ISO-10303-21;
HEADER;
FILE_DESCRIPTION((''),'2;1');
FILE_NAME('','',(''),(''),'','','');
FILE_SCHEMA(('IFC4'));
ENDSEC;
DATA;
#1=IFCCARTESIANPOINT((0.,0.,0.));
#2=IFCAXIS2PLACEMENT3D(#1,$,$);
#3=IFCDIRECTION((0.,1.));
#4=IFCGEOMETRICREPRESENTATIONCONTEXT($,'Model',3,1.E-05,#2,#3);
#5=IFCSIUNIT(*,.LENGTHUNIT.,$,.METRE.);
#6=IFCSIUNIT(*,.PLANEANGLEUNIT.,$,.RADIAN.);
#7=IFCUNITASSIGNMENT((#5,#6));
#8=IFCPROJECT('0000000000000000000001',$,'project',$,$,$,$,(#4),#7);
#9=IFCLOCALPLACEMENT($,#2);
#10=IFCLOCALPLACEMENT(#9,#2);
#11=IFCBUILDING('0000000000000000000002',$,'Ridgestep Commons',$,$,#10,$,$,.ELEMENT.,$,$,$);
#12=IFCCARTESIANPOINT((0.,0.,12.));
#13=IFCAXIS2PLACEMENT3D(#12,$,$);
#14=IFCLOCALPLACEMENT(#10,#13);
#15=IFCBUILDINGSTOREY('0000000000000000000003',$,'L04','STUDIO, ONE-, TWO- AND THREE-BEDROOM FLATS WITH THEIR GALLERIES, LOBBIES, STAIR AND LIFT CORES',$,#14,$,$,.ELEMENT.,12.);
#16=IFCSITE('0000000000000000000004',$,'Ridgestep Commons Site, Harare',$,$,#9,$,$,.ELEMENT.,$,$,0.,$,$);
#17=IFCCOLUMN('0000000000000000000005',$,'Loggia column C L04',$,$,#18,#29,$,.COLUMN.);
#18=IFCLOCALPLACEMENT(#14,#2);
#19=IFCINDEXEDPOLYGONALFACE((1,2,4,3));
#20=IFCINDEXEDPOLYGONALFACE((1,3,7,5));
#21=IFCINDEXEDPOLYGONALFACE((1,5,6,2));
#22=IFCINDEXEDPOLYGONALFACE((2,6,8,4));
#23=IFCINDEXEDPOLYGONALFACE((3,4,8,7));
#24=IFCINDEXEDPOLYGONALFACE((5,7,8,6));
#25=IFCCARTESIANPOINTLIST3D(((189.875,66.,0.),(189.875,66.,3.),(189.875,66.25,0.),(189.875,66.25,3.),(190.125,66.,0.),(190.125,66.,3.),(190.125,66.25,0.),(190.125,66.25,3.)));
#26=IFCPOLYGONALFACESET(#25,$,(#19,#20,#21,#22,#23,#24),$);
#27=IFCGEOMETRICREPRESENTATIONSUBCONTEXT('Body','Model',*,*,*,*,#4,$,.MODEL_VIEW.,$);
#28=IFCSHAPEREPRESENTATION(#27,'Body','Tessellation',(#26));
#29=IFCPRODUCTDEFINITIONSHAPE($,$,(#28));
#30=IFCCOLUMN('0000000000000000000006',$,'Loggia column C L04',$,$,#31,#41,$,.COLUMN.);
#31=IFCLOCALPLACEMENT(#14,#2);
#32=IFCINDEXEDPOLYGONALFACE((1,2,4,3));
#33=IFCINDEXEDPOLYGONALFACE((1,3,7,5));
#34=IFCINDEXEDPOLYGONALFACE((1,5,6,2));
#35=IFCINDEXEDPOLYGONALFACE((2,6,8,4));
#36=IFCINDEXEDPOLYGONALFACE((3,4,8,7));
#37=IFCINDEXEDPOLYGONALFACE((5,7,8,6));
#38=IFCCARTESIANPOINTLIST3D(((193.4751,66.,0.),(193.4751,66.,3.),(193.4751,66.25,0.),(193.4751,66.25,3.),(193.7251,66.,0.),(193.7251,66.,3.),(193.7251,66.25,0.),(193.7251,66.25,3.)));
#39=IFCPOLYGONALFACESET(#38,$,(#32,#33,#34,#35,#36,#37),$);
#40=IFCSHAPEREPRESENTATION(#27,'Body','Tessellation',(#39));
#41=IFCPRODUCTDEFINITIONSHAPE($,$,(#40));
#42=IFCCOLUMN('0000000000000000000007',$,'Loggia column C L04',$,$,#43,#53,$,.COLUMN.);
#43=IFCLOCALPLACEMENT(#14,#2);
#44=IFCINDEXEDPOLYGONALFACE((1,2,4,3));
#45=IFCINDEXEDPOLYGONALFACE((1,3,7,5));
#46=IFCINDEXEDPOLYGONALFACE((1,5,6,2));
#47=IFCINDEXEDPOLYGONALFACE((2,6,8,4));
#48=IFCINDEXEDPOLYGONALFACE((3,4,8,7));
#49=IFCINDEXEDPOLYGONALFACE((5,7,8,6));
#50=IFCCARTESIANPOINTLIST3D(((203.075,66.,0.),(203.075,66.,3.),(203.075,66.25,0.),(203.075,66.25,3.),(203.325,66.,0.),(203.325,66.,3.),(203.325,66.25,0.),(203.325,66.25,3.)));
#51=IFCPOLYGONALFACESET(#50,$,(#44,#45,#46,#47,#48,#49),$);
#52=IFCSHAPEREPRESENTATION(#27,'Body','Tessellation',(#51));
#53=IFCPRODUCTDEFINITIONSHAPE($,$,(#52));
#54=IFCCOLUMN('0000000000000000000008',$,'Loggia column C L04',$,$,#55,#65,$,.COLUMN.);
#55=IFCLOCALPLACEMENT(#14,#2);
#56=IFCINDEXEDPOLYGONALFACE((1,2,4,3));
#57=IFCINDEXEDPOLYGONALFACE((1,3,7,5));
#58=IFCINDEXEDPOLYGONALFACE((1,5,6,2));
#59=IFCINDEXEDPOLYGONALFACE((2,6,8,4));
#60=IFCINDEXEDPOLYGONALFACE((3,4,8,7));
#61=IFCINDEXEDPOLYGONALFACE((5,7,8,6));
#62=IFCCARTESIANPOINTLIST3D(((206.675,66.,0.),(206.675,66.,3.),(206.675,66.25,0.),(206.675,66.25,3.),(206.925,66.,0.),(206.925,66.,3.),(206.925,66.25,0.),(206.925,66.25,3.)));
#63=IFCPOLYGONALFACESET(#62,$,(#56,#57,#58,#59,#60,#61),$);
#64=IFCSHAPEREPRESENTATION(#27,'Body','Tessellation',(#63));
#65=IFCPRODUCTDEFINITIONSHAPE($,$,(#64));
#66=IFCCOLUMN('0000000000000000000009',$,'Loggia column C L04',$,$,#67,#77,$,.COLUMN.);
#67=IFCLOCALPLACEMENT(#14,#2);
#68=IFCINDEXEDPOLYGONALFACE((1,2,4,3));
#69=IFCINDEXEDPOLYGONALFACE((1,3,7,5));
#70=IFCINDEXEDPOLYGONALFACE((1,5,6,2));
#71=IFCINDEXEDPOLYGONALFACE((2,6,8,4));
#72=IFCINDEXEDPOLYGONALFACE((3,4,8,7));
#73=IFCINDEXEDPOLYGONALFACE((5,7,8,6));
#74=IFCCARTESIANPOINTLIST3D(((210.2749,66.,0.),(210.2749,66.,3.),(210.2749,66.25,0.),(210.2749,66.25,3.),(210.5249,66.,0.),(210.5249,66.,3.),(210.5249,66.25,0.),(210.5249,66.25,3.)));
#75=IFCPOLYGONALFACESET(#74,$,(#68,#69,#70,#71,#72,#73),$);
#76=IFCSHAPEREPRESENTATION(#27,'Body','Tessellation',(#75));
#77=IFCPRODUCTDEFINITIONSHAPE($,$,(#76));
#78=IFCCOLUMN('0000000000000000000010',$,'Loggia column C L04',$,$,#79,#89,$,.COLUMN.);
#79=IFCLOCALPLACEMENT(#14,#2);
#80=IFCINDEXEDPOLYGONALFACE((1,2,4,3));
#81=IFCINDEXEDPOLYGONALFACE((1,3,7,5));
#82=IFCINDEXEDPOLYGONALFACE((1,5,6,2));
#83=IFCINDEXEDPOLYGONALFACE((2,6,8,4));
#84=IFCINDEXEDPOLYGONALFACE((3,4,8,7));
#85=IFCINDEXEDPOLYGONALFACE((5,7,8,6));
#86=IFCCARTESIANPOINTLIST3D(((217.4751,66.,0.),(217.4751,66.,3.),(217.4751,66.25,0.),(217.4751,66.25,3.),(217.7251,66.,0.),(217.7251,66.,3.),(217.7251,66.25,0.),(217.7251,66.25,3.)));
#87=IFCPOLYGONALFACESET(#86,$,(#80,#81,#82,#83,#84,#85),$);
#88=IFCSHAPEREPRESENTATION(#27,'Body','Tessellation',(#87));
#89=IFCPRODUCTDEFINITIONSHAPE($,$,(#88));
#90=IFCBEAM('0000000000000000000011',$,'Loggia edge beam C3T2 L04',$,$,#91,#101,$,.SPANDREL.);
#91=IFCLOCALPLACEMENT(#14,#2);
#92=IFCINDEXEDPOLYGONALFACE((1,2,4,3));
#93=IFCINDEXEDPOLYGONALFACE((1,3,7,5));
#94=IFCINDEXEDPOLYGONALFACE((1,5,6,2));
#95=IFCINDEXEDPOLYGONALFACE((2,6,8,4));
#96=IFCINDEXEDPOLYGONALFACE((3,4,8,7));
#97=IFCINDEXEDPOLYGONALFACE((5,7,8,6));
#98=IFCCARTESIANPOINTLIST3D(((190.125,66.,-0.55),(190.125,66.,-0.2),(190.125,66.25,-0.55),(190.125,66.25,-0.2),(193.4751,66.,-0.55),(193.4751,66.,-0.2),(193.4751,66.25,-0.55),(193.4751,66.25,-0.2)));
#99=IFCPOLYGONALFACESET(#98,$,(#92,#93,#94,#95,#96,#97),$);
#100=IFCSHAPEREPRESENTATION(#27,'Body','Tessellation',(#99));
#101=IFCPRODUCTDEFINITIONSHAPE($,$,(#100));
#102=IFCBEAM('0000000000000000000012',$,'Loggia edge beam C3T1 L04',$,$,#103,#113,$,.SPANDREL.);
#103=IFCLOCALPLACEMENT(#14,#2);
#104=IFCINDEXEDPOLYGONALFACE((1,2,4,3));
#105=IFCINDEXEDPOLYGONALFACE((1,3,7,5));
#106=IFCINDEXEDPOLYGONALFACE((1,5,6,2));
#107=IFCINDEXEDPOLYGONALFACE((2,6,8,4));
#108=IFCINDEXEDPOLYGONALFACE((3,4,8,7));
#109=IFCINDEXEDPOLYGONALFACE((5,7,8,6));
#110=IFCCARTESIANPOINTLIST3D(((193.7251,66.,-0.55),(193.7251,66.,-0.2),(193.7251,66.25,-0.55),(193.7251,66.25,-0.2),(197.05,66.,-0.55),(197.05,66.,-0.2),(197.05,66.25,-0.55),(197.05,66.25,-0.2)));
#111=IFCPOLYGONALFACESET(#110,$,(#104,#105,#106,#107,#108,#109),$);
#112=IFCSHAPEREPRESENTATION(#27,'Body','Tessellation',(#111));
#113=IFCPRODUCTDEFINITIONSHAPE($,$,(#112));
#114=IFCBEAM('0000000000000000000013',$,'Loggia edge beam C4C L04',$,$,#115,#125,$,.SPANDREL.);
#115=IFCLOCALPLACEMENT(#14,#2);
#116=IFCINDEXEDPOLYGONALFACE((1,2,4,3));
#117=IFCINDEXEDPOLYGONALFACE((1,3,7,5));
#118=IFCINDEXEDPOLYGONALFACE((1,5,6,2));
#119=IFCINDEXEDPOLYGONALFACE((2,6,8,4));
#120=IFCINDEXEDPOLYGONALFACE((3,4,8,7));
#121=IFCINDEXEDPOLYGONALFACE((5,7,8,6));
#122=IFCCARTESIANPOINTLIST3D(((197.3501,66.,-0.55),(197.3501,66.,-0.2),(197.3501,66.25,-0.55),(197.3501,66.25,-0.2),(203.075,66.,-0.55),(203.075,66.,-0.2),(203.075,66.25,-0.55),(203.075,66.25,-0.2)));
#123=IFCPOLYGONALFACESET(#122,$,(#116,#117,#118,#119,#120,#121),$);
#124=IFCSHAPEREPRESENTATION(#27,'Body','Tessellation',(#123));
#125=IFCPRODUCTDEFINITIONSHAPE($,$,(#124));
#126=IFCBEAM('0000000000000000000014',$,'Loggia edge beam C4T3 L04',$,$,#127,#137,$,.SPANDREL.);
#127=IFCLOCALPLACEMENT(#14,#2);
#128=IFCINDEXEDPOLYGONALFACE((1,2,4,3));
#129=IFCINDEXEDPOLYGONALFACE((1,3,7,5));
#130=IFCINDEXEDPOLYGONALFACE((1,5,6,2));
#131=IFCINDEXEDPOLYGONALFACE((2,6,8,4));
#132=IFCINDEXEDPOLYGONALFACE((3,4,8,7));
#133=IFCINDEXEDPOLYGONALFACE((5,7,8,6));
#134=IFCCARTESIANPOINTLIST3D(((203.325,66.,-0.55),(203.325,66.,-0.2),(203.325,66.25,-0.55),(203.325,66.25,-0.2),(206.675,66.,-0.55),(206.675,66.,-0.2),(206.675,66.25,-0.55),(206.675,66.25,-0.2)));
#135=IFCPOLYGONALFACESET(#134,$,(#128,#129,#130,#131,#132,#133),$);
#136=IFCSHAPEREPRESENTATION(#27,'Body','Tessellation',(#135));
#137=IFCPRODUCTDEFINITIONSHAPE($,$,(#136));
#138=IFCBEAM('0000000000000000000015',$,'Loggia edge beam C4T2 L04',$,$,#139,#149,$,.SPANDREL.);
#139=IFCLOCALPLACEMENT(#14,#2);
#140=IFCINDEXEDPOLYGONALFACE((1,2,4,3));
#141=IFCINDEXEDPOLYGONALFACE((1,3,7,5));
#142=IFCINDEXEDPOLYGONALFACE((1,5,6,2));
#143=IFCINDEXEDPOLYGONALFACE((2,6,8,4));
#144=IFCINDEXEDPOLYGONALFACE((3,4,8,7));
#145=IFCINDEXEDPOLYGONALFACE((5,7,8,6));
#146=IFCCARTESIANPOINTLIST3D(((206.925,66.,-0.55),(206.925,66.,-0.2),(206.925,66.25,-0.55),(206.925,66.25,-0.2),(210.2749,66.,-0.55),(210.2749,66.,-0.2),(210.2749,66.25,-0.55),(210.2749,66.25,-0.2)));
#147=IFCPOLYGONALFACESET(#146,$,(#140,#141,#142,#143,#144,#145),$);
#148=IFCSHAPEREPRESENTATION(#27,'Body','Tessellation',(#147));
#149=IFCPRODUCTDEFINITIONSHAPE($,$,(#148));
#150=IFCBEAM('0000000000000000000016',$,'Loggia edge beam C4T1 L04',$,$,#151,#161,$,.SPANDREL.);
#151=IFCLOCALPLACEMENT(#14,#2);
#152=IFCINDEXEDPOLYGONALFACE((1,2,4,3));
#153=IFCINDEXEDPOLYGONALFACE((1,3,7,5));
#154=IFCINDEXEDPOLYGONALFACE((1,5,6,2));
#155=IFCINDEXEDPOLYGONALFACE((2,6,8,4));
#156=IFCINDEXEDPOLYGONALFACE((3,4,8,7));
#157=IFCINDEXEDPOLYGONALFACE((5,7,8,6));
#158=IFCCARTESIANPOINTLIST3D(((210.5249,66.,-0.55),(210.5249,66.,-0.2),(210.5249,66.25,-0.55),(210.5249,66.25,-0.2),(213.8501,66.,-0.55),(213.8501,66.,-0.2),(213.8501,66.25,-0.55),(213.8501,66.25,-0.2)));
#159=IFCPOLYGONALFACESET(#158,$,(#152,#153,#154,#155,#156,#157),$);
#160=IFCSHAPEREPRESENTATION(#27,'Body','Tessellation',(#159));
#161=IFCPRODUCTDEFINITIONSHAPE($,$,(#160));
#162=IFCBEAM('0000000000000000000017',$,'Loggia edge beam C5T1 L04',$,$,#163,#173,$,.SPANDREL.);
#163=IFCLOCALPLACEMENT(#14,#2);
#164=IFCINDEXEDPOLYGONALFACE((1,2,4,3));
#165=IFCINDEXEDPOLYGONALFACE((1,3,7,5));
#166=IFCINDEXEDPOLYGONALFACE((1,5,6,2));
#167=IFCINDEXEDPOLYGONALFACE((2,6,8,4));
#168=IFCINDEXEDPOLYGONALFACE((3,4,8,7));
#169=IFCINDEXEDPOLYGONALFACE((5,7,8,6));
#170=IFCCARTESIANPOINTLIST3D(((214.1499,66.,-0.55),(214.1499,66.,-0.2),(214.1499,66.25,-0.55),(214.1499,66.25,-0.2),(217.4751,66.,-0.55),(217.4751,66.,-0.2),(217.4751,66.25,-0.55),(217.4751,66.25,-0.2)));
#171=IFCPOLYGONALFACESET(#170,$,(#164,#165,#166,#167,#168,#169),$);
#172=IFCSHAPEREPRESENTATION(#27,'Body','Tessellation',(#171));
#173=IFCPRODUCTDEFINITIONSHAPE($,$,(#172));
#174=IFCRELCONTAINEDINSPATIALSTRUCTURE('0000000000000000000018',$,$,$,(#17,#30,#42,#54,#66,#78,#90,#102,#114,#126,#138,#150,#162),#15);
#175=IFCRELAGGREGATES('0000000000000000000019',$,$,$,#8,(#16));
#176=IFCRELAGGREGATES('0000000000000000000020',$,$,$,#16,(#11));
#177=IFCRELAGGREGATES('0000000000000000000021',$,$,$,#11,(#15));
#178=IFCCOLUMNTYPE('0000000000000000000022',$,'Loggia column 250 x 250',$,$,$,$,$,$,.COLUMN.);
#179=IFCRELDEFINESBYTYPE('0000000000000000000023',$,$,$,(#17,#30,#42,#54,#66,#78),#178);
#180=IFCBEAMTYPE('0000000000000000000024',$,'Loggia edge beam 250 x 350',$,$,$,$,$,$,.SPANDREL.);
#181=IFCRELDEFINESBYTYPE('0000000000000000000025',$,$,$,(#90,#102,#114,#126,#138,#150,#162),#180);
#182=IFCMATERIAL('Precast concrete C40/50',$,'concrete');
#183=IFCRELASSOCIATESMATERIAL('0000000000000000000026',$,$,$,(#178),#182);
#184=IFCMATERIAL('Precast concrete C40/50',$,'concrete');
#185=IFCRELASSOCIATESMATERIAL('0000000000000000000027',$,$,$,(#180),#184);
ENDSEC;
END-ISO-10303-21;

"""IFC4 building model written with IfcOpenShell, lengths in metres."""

from ifc_helpers import new_model, si_unit, direction, frame, origin, origin_2d, place, context, subcontext, project, spatial, rectangle, extrude, material, material_profile, profile_set, type_object, element, save


model = new_model("IFC4")

# Units and contexts
model_context = context("Model", 3, precision=1e-05, world=origin(), true_north=direction((0.0, 1.0)))
body_context = subcontext(model_context, "Body", "Model", "MODEL_VIEW")
ifc_project = project(units=[si_unit("LENGTHUNIT", "METRE"), si_unit("PLANEANGLEUNIT", "RADIAN")], contexts=[model_context])

# Site, building, storey
site_placement = place(None, origin())
site = spatial("IfcSite", under=ifc_project, at=site_placement, Name="Ridgestep Commons Site, Harare", CompositionType="ELEMENT", RefElevation=0.0)
building_placement = place(site_placement, origin())
building = spatial("IfcBuilding", under=site, at=building_placement, Name="Ridgestep Commons", CompositionType="ELEMENT")
storey_placement = place(building_placement, frame((0.0, 0.0, 12.0)))
storey = spatial("IfcBuildingStorey", under=building, at=storey_placement, Name="L04", Description="STUDIO, ONE-, TWO- AND THREE-BEDROOM FLATS WITH THEIR GALLERIES, LOBBIES, STAIR AND LIFT CORES", CompositionType="ELEMENT", Elevation=12.0)

# Columns
ifc_material_1 = material(Name="Precast concrete C40/50", Category="concrete")
ifc_material_profile_1 = material_profile(ifc_material_1, rectangle(XDim=0.25, YDim=0.25, at=origin_2d()), Name="PC 250x250")
ifc_profile_set_1 = profile_set([ifc_material_profile_1], Name="Precast concrete C40/50")
column_type = type_object("IfcColumnType", Name="Loggia column 250 x 250", PredefinedType="COLUMN", material=ifc_profile_set_1)
for number, where, z_axis, x_axis, name in (
    (1, (190.0, 66.125, 0.0), (0.0, 0.0, 1.0), (1.0, 0.0, 0.0), "Loggia column C L04"),
    (2, (193.6001, 66.125, 0.0), (0.0, 0.0, 1.0), (1.0, 0.0, 0.0), "Loggia column C L04"),
    (3, (203.2, 66.125, 0.0), (0.0, 0.0, 1.0), (1.0, 0.0, 0.0), "Loggia column C L04"),
    (4, (206.8, 66.125, 0.0), (0.0, 0.0, 1.0), (1.0, 0.0, 0.0), "Loggia column C L04"),
    (5, (210.3999, 66.125, 0.0), (0.0, 0.0, 1.0), (1.0, 0.0, 0.0), "Loggia column C L04"),
    (6, (217.6001, 66.125, 0.0), (0.0, 0.0, 1.0), (1.0, 0.0, 0.0), "Loggia column C L04"),
):
    element("IfcColumn", number, at=place(storey_placement, frame(where, z_axis=z_axis, x_axis=x_axis)), inside=storey, type_object=column_type, Name=name, PredefinedType="COLUMN", context=body_context, shape_type="SweptSolid", body=[
        extrude(rectangle(XDim=0.25, YDim=0.25, at=origin_2d()), origin(), (0.0, 0.0, 1.0), 3.0),
    ])

# Beams
ifc_material_2 = material(Name="Precast concrete C40/50", Category="concrete")
ifc_material_profile_2 = material_profile(ifc_material_2, rectangle(XDim=0.25, YDim=0.3501, at=origin_2d()), Name="PC 250x350")
ifc_profile_set_2 = profile_set([ifc_material_profile_2], Name="Precast concrete C40/50")
beam_type_1 = type_object("IfcBeamType", Name="Loggia edge beam 250 x 350", PredefinedType="SPANDREL", material=ifc_profile_set_2)
beam_1_placement = place(storey_placement, frame((190.125, 66.125, -0.375), z_axis=(1.0, 0.0, 0.0), x_axis=(0.0, 1.0, 0.0)))
element("IfcBeam", 7, at=beam_1_placement, inside=storey, type_object=beam_type_1, Name="Loggia edge beam C3T2 L04", PredefinedType="SPANDREL", context=body_context, shape_type="SweptSolid", body=[
    extrude(rectangle(XDim=0.25, YDim=0.3501, at=origin_2d()), origin(), (0.0, 0.0, 1.0), 3.3501),
])
beam_2_placement = place(storey_placement, frame((193.7251, 66.125, -0.375), z_axis=(1.0, 0.0, 0.0), x_axis=(0.0, 1.0, 0.0)))
element("IfcBeam", 8, at=beam_2_placement, inside=storey, type_object=beam_type_1, Name="Loggia edge beam C3T1 L04", PredefinedType="SPANDREL", context=body_context, shape_type="SweptSolid", body=[
    extrude(rectangle(XDim=0.25, YDim=0.3501, at=origin_2d()), origin(), (0.0, 0.0, 1.0), 3.325),
])
beam_3_placement = place(storey_placement, frame((197.3501, 66.125, -0.375), z_axis=(1.0, 0.0, 0.0), x_axis=(0.0, 1.0, 0.0)))
element("IfcBeam", 9, at=beam_3_placement, inside=storey, type_object=beam_type_1, Name="Loggia edge beam C4C L04", PredefinedType="SPANDREL", context=body_context, shape_type="SweptSolid", body=[
    extrude(rectangle(XDim=0.25, YDim=0.3501, at=origin_2d()), origin(), (0.0, 0.0, 1.0), 5.7249),
])
beam_4_placement = place(storey_placement, frame((203.325, 66.125, -0.375), z_axis=(1.0, 0.0, 0.0), x_axis=(0.0, 1.0, 0.0)))
element("IfcBeam", 10, at=beam_4_placement, inside=storey, type_object=beam_type_1, Name="Loggia edge beam C4T3 L04", PredefinedType="SPANDREL", context=body_context, shape_type="SweptSolid", body=[
    extrude(rectangle(XDim=0.25, YDim=0.3501, at=origin_2d()), origin(), (0.0, 0.0, 1.0), 3.3501),
])
beam_5_placement = place(storey_placement, frame((206.925, 66.125, -0.375), z_axis=(1.0, 0.0, 0.0), x_axis=(0.0, 1.0, 0.0)))
element("IfcBeam", 11, at=beam_5_placement, inside=storey, type_object=beam_type_1, Name="Loggia edge beam C4T2 L04", PredefinedType="SPANDREL", context=body_context, shape_type="SweptSolid", body=[
    extrude(rectangle(XDim=0.25, YDim=0.3501, at=origin_2d()), origin(), (0.0, 0.0, 1.0), 3.3499),
])
for number, where, z_axis, x_axis, name in (
    (12, (210.5249, 66.125, -0.375), (1.0, 0.0, 0.0), (0.0, 1.0, 0.0), "Loggia edge beam C4T1 L04"),
    (13, (214.1499, 66.125, -0.375), (1.0, 0.0, 0.0), (0.0, 1.0, 0.0), "Loggia edge beam C5T1 L04"),
):
    element("IfcBeam", number, at=place(storey_placement, frame(where, z_axis=z_axis, x_axis=x_axis)), inside=storey, type_object=beam_type_1, Name=name, PredefinedType="SPANDREL", context=body_context, shape_type="SweptSolid", body=[
        extrude(rectangle(XDim=0.25, YDim=0.3501, at=origin_2d()), origin(), (0.0, 0.0, 1.0), 3.3252),
    ])

save(model, "model.ifc")
